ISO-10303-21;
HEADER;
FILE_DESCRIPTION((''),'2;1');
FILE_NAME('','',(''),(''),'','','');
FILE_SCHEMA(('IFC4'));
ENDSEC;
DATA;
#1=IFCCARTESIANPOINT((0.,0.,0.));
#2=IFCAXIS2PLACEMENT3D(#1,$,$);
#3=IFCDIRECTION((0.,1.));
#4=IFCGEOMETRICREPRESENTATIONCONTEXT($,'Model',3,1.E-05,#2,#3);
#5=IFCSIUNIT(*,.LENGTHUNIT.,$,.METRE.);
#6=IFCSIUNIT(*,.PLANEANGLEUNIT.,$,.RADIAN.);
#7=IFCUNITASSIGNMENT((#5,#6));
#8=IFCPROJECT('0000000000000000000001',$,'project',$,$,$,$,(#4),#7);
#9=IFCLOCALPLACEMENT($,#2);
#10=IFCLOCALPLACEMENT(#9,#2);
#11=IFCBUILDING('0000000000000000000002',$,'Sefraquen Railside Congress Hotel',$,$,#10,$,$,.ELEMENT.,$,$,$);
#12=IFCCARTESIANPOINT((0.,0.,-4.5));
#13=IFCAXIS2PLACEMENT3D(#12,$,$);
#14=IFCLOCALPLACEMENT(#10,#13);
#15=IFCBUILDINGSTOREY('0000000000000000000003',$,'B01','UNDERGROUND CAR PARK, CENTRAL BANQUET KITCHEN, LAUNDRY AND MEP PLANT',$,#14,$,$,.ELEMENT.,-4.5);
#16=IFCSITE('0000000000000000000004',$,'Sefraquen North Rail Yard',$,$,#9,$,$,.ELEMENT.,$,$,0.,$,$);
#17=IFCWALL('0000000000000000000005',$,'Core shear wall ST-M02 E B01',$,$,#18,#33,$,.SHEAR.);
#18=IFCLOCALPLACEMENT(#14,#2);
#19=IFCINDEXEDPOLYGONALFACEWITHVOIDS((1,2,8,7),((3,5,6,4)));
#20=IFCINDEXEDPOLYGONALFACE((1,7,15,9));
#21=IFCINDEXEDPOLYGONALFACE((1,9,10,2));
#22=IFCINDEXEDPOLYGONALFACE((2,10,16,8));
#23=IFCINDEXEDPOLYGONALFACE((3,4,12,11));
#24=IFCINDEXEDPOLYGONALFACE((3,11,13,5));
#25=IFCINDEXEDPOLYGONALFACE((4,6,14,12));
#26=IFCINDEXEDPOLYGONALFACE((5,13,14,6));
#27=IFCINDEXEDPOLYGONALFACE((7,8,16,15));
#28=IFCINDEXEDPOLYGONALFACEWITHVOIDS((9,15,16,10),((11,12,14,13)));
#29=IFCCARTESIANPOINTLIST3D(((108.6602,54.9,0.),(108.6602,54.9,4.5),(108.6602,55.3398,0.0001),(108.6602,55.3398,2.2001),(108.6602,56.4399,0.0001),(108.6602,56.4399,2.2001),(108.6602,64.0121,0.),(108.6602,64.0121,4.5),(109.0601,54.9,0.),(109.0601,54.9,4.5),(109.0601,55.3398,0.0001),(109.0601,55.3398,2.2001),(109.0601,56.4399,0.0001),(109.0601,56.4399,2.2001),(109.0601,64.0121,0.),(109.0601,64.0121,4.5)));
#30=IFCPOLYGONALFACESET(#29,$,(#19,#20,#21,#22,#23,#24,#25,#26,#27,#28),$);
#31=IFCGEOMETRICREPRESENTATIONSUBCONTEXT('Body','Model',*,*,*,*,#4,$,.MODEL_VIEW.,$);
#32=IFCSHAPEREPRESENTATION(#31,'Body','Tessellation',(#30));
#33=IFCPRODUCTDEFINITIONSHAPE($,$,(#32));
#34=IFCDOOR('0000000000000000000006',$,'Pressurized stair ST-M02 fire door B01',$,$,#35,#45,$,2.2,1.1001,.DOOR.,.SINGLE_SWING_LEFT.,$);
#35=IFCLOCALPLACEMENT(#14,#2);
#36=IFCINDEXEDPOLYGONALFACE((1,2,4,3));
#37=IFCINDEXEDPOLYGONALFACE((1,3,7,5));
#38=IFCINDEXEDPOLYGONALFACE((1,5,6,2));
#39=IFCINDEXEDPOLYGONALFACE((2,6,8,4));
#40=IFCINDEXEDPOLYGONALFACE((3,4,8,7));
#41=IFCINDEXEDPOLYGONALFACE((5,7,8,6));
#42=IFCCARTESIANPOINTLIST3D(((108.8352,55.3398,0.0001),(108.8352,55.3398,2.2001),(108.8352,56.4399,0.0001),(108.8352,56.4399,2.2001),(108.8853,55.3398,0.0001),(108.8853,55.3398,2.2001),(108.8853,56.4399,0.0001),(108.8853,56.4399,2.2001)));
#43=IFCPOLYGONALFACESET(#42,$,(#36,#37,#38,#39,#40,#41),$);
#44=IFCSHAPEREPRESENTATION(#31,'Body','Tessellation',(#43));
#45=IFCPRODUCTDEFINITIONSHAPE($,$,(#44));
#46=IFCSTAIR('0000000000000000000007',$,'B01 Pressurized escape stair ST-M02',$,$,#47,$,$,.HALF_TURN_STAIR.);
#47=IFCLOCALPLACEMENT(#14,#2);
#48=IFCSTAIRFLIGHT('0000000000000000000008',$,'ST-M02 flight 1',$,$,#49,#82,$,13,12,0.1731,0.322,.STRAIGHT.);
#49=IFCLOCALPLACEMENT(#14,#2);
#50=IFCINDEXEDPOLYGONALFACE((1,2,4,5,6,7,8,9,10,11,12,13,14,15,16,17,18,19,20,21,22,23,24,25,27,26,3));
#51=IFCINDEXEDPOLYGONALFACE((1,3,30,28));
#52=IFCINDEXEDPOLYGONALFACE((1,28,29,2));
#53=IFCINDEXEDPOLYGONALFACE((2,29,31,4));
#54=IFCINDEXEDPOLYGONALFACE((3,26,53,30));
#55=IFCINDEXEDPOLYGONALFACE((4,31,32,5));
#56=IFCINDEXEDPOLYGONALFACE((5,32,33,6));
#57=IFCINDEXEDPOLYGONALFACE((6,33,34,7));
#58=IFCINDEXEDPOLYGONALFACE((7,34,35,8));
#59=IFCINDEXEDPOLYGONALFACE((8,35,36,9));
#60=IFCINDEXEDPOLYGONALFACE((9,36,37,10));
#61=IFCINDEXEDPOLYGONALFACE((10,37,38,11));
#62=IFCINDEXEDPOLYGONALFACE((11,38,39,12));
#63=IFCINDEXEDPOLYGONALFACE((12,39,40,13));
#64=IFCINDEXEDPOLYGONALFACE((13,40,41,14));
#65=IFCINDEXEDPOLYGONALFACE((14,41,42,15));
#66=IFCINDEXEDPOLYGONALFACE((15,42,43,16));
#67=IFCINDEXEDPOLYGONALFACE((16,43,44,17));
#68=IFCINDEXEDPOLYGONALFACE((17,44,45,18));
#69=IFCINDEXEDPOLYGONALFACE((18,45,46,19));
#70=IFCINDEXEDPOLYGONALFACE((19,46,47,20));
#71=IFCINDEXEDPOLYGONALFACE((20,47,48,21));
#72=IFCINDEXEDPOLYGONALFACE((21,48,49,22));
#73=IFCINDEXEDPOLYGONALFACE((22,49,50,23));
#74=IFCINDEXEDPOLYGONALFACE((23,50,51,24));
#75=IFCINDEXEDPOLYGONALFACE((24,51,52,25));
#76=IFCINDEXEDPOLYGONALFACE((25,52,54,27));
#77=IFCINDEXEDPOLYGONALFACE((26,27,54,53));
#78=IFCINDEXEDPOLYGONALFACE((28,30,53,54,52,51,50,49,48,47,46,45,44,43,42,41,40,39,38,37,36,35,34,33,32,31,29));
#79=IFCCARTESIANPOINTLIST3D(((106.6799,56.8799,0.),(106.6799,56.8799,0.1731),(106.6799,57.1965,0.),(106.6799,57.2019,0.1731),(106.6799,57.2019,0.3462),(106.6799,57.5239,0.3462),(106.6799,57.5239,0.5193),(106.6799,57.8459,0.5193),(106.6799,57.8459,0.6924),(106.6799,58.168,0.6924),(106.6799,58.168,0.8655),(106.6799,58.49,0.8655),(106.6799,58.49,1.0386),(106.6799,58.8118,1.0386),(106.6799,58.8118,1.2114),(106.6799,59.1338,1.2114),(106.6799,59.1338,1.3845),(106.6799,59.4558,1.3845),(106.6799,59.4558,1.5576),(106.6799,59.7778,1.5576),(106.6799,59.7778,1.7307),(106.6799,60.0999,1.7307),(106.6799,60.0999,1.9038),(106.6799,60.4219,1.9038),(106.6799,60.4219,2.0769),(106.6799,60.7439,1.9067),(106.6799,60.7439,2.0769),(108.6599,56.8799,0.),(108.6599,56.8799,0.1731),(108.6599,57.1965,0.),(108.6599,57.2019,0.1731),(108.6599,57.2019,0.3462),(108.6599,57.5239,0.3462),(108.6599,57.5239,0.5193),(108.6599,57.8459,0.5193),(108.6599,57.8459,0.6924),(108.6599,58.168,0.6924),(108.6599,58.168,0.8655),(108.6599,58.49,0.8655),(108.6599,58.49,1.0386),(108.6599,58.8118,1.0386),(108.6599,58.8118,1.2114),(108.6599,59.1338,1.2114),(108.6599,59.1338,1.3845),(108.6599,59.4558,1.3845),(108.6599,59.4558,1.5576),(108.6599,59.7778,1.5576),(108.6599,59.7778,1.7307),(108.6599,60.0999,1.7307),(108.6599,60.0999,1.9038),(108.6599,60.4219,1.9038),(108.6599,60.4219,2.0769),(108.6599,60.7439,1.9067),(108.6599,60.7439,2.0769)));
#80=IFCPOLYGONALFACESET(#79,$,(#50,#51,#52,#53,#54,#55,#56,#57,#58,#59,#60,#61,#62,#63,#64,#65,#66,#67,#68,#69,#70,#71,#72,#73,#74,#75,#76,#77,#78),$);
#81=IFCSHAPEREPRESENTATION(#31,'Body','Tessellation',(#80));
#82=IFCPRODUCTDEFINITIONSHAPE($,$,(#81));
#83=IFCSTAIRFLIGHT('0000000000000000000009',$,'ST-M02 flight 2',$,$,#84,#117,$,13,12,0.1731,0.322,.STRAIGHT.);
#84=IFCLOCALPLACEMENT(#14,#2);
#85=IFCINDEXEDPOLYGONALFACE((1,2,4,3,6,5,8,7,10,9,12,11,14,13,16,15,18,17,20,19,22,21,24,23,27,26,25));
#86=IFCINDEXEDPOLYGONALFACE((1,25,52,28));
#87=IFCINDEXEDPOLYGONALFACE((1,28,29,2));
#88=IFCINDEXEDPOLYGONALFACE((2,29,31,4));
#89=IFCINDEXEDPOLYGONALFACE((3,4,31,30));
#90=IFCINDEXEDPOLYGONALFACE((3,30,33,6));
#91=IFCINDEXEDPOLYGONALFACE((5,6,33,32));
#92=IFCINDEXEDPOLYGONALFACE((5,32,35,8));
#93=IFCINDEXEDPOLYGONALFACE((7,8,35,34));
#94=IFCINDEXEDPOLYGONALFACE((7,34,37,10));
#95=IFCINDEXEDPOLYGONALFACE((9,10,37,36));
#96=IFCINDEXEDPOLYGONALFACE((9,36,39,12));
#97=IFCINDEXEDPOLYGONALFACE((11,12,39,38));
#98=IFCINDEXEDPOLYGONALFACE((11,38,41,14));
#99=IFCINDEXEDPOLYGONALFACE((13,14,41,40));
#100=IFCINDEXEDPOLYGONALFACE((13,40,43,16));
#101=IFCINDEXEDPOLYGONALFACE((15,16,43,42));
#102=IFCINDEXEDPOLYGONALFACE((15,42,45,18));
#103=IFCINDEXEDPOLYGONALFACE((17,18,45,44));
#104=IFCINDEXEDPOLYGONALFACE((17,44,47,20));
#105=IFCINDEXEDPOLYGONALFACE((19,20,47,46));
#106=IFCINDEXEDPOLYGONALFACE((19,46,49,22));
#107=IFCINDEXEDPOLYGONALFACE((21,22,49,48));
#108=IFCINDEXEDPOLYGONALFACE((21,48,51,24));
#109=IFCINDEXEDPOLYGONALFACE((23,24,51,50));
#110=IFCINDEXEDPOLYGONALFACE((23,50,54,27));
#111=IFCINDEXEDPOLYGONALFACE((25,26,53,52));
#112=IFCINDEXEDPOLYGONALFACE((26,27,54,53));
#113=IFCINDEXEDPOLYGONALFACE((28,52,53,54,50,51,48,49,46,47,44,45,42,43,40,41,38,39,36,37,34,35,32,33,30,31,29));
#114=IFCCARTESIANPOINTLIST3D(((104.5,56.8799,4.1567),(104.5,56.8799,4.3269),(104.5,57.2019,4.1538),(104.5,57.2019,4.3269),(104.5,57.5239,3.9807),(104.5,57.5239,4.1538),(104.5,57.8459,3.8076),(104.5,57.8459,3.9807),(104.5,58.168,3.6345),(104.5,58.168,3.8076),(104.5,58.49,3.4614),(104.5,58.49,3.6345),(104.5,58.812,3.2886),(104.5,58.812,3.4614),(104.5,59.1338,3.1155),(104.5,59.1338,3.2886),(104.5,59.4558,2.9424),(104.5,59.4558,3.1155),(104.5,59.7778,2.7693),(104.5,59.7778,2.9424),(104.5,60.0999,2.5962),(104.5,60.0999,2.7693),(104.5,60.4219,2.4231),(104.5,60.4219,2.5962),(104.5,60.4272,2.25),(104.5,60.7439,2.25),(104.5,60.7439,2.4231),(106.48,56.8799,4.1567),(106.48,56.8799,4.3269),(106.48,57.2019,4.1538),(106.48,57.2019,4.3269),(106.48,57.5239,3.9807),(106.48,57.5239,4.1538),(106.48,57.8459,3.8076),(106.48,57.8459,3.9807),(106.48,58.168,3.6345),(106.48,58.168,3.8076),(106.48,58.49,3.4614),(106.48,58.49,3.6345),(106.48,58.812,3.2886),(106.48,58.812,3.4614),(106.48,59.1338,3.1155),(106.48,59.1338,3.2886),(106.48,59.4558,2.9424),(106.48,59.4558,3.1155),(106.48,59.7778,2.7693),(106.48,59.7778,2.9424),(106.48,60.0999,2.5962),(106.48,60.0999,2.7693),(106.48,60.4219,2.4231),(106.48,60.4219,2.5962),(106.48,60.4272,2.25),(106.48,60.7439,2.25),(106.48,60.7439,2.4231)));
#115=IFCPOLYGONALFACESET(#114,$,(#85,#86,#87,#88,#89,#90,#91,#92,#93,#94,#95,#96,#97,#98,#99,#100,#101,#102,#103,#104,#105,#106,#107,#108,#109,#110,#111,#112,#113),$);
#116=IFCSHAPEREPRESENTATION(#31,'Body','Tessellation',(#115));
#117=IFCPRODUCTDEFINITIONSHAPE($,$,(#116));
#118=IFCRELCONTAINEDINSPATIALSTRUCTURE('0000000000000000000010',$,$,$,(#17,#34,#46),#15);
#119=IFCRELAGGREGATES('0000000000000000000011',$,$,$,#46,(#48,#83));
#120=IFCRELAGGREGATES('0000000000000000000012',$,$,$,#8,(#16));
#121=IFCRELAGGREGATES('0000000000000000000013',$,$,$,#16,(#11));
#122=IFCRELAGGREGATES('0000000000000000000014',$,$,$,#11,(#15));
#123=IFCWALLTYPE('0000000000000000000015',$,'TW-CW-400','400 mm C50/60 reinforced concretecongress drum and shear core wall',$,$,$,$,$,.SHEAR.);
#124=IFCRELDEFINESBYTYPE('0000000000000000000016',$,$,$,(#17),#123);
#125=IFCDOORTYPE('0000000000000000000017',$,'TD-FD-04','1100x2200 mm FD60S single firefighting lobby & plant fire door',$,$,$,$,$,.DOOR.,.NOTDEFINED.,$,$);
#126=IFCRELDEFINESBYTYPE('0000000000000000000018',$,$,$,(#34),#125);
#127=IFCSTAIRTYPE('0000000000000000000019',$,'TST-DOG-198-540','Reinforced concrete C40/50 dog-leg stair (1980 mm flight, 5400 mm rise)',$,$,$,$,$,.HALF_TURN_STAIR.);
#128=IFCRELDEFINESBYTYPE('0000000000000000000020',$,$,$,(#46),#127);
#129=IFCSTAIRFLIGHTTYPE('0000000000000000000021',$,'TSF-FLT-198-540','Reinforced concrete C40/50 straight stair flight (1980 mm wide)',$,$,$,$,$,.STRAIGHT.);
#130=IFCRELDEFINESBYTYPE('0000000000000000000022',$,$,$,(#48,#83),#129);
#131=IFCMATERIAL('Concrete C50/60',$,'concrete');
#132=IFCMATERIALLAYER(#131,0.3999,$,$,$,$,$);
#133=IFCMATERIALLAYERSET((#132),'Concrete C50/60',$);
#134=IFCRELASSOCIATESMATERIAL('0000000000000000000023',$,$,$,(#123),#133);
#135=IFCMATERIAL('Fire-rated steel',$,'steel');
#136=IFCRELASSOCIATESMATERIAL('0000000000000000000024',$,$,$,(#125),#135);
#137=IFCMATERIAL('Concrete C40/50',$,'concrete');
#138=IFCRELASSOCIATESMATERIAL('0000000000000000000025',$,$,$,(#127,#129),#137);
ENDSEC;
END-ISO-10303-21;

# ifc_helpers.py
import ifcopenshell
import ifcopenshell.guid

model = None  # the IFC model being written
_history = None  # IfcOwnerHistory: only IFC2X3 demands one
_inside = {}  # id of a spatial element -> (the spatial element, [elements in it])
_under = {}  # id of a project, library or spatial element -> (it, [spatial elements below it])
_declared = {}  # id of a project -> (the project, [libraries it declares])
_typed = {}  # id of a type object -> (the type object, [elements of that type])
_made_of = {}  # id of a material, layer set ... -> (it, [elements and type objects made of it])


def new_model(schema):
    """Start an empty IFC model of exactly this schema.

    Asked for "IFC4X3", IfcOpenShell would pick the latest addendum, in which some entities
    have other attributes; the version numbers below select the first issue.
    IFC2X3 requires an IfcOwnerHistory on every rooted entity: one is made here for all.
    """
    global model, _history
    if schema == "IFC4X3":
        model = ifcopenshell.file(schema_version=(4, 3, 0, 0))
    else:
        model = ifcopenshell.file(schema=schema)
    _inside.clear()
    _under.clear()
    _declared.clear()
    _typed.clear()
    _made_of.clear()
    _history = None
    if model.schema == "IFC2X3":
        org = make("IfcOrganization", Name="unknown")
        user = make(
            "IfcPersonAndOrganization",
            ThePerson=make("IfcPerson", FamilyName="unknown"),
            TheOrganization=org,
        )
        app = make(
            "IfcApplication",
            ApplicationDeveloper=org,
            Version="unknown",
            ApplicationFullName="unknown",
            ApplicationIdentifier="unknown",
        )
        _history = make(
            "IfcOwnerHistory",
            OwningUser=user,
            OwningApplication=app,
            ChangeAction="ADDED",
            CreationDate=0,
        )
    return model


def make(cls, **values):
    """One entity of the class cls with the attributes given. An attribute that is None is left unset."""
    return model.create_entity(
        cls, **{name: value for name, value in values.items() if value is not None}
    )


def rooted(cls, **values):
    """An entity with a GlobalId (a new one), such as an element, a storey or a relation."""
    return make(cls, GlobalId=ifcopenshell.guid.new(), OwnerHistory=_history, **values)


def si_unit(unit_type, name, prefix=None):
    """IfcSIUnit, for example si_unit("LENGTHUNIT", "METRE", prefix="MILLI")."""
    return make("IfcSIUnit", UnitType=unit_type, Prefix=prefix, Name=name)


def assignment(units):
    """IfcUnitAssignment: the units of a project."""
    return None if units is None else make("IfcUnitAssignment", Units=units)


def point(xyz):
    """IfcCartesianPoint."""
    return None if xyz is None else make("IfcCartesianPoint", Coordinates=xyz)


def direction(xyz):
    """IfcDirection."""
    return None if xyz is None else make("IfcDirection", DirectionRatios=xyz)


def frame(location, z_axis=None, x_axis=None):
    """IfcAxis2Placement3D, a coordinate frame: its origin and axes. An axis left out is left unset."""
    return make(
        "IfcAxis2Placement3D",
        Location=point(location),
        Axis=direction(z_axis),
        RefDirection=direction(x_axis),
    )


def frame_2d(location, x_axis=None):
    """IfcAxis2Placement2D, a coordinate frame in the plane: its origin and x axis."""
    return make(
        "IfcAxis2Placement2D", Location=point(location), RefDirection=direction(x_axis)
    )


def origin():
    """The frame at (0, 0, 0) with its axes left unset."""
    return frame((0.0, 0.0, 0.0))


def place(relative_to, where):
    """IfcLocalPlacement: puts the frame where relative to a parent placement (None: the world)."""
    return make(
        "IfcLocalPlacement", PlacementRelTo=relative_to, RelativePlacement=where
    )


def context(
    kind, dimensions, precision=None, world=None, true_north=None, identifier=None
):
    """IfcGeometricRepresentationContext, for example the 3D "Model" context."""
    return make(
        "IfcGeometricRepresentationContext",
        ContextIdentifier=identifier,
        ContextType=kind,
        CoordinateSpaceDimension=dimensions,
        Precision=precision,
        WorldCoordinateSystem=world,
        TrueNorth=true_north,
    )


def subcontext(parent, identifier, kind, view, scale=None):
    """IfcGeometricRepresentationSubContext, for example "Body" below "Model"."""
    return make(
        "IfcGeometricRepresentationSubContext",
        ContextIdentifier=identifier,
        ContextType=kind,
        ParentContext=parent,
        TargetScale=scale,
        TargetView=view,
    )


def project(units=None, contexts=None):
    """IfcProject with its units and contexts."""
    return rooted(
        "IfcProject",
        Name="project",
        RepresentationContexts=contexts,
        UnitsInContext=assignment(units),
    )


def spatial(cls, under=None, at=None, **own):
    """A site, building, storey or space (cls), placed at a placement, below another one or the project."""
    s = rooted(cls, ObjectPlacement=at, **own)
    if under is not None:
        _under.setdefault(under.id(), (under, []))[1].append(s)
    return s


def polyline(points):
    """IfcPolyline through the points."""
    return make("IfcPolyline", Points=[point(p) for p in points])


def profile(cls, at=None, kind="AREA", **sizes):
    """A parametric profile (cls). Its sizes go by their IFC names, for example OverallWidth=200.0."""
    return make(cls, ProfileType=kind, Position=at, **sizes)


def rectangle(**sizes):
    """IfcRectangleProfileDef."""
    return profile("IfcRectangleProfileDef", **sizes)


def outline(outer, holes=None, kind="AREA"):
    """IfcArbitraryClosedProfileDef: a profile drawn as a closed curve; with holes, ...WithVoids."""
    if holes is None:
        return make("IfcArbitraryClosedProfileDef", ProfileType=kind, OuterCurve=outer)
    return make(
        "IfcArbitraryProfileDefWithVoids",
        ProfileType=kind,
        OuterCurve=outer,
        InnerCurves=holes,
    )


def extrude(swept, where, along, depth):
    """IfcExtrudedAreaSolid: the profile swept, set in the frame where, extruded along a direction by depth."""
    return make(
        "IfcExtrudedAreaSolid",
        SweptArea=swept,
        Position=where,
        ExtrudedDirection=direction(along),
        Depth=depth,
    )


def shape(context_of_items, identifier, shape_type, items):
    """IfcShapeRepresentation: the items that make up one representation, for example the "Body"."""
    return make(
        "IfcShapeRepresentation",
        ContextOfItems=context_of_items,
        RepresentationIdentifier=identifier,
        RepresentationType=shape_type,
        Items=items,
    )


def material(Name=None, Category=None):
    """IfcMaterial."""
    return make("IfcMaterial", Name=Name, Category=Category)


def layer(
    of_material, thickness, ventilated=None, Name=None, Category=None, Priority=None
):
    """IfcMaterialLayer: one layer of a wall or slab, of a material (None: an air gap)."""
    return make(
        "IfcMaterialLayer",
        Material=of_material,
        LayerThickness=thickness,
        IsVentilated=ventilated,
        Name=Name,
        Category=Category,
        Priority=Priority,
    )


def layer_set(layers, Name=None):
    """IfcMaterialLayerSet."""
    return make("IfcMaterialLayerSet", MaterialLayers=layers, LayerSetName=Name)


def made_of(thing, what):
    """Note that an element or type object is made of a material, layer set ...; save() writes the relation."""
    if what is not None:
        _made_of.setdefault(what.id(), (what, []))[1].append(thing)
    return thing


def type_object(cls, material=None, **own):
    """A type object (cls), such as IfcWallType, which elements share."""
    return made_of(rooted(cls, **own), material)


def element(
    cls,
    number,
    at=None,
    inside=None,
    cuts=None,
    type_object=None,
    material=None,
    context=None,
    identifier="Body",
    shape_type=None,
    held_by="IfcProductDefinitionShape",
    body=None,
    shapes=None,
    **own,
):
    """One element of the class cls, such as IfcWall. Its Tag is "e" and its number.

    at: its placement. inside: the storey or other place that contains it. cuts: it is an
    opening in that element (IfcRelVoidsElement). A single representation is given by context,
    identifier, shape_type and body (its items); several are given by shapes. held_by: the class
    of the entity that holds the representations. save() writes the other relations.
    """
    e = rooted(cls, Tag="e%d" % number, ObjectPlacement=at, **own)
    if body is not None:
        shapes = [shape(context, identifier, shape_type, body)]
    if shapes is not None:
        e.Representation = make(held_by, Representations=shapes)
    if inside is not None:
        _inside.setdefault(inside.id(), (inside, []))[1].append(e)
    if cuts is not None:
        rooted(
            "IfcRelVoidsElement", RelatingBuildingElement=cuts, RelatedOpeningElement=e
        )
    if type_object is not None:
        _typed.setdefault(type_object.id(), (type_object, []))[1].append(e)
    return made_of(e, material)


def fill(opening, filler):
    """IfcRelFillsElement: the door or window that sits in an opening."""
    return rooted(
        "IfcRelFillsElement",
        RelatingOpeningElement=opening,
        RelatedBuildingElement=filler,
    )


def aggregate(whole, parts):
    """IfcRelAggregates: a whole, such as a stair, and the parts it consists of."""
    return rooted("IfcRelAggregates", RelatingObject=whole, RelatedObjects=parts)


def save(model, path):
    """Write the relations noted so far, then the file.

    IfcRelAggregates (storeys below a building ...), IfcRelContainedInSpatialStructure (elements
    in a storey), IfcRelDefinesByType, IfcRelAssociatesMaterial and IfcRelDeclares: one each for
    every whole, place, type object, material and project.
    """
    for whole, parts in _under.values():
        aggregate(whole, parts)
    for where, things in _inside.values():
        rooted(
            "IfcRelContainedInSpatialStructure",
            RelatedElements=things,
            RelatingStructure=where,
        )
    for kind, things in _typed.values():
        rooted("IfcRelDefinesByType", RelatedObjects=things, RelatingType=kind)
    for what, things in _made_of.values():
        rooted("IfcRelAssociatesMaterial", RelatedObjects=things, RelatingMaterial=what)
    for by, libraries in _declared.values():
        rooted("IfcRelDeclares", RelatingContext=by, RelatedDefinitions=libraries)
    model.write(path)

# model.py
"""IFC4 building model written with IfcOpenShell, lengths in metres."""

from ifc_helpers import new_model, si_unit, direction, frame, frame_2d, origin, place, context, subcontext, project, spatial, polyline, rectangle, outline, extrude, material, layer, layer_set, type_object, element, fill, aggregate, save


model = new_model("IFC4")

# Units and contexts
model_context = context("Model", 3, precision=1e-05, world=origin(), true_north=direction((0.0, 1.0)))
body_context = subcontext(model_context, "Body", "Model", "MODEL_VIEW")
ifc_project = project(units=[si_unit("LENGTHUNIT", "METRE"), si_unit("PLANEANGLEUNIT", "RADIAN")], contexts=[model_context])

# Site, building, storey
site_placement = place(None, origin())
site = spatial("IfcSite", under=ifc_project, at=site_placement, Name="Sefraquen North Rail Yard", CompositionType="ELEMENT", RefElevation=0.0)
building_placement = place(site_placement, origin())
building = spatial("IfcBuilding", under=site, at=building_placement, Name="Sefraquen Railside Congress Hotel", CompositionType="ELEMENT")
storey_placement = place(building_placement, frame((0.0, 0.0, -4.5)))
storey = spatial("IfcBuildingStorey", under=building, at=storey_placement, Name="B01", Description="UNDERGROUND CAR PARK, CENTRAL BANQUET KITCHEN, LAUNDRY AND MEP PLANT", CompositionType="ELEMENT", Elevation=-4.5)

# Shared definitions
ifc_material_1 = material(Name="Concrete C40/50", Category="concrete")

# Shared definitions
ifc_material_2 = material(Name="Concrete C50/60", Category="concrete")

# Shared definitions
ifc_layer_1 = layer(ifc_material_2, 0.3999)
ifc_layer_set_1 = layer_set([ifc_layer_1], Name="Concrete C50/60")
wall_type_1 = type_object("IfcWallType", Name="TW-CW-400", Description="400 mm C50/60 reinforced concretecongress drum and shear core wall", PredefinedType="SHEAR", material=ifc_layer_set_1)

# Wall, opening, door
wall_1_placement = place(storey_placement, frame((108.8601, 54.8999, 0.0), z_axis=(0.0, 0.0, 1.0), x_axis=(0.0, 1.0, 0.0)))
wall_1 = element("IfcWall", 1, at=wall_1_placement, inside=storey, type_object=wall_type_1, Name="Core shear wall ST-M02 E B01", PredefinedType="SHEAR", context=body_context, shape_type="SweptSolid", body=[
    extrude(rectangle(XDim=9.1121, YDim=0.3999, at=frame_2d((4.5562, 0.0))), origin(), (0.0, 0.0, 1.0), 4.5),
])
opening_1_placement = place(wall_1_placement, frame((0.4399, 0.0, 0.0)))
opening_1 = element("IfcOpeningElement", 2, at=opening_1_placement, cuts=wall_1, PredefinedType="OPENING", context=body_context, shape_type="SweptSolid", body=[
    extrude(rectangle(XDim=1.1001, YDim=2.2, at=frame_2d((0.55, 1.1001))), frame((0.0, 0.21, 0.0), z_axis=(0.0, -1.0, 0.0), x_axis=(1.0, 0.0, 0.0)), (0.0, 0.0, 1.0), 0.4199),
])
ifc_material_3 = material(Name="Fire-rated steel", Category="steel")
door_type_1 = type_object("IfcDoorType", Name="TD-FD-04", Description="1100x2200 mm FD60S single firefighting lobby & plant fire door", OperationType="NOTDEFINED", PredefinedType="DOOR", material=ifc_material_3)
door_1_placement = place(opening_1_placement, origin())
door_1 = element("IfcDoor", 3, at=door_1_placement, inside=storey, type_object=door_type_1, Name="Pressurized stair ST-M02 fire door B01", OperationType="SINGLE_SWING_LEFT", OverallHeight=2.2, OverallWidth=1.1001, PredefinedType="DOOR", context=body_context, shape_type="SweptSolid", body=[
    extrude(rectangle(XDim=1.1001, YDim=2.2, at=frame_2d((0.55, 1.1001))), frame((0.0, 0.0249, 0.0), z_axis=(0.0, -1.0, 0.0), x_axis=(1.0, 0.0, 0.0)), (0.0, 0.0, 1.0), 0.05),
])
fill(opening_1, door_1)

# Stair, stair flights
stair_type = type_object("IfcStairType", Name="TST-DOG-198-540", Description="Reinforced concrete C40/50 dog-leg stair (1980 mm flight, 5400 mm rise)", PredefinedType="HALF_TURN_STAIR", material=ifc_material_1)
stair_placement = place(storey_placement, origin())
stair = element("IfcStair", 4, at=stair_placement, inside=storey, type_object=stair_type, Name="B01 Pressurized escape stair ST-M02", PredefinedType="HALF_TURN_STAIR")
stair_flight_type = type_object("IfcStairFlightType", Name="TSF-FLT-198-540", Description="Reinforced concrete C40/50 straight stair flight (1980 mm wide)", PredefinedType="STRAIGHT", material=ifc_material_1)
stair_flight_1_placement = place(storey_placement, frame((107.6699, 56.8799, 0.0), z_axis=(0.0, 0.0, 1.0), x_axis=(0.0, 1.0, 0.0)))
stair_flight_1 = element("IfcStairFlight", 5, at=stair_flight_1_placement, type_object=stair_flight_type, Name="ST-M02 flight 1", NumberOfRisers=13, NumberOfTreads=12, PredefinedType="STRAIGHT", RiserHeight=0.1731, TreadLength=0.322, context=body_context, shape_type="SweptSolid", body=[
    extrude(outline(polyline([(0.0, 0.0), (0.0, 0.1731), (0.322, 0.1731), (0.322, 0.3462), (0.644, 0.3462), (0.644, 0.5193), (0.9661, 0.5193), (0.9661, 0.6924), (1.2881, 0.6924), (1.2881, 0.8655), (1.6101, 0.8655), (1.6101, 1.0386), (1.9319, 1.0386), (1.9319, 1.2114), (2.2539, 1.2114), (2.2539, 1.3845), (2.5759, 1.3845), (2.5759, 1.5576), (2.8979, 1.5576), (2.8979, 1.7307), (3.22, 1.7307), (3.22, 1.9038), (3.542, 1.9038), (3.542, 2.0769), (3.864, 2.0769), (3.864, 2.25), (3.864, 1.9067), (0.3167, 0.0), (0.0, 0.0)])), frame((0.0, 0.99, 0.0), z_axis=(0.0, -1.0, 0.0), x_axis=(1.0, 0.0, 0.0)), (0.0, 0.0, 1.0), 1.98),
])
stair_flight_2_placement = place(storey_placement, frame((105.49, 60.7439, 2.25), z_axis=(0.0, 0.0, 1.0), x_axis=(0.0, -1.0, 0.0)))
stair_flight_2 = element("IfcStairFlight", 6, at=stair_flight_2_placement, type_object=stair_flight_type, Name="ST-M02 flight 2", NumberOfRisers=13, NumberOfTreads=12, PredefinedType="STRAIGHT", RiserHeight=0.1731, TreadLength=0.322, context=body_context, shape_type="SweptSolid", body=[
    extrude(outline(polyline([(0.0, 0.0), (0.0, 0.1731), (0.322, 0.1731), (0.322, 0.3462), (0.644, 0.3462), (0.644, 0.5193), (0.9661, 0.5193), (0.9661, 0.6924), (1.2881, 0.6924), (1.2881, 0.8655), (1.6101, 0.8655), (1.6101, 1.0386), (1.9319, 1.0386), (1.9319, 1.2114), (2.2539, 1.2114), (2.2539, 1.3845), (2.5759, 1.3845), (2.5759, 1.5576), (2.8979, 1.5576), (2.8979, 1.7307), (3.22, 1.7307), (3.22, 1.9038), (3.542, 1.9038), (3.542, 2.0769), (3.864, 2.0769), (3.864, 2.25), (3.864, 1.9067), (0.3167, 0.0), (0.0, 0.0)])), frame((0.0, 0.99, 0.0), z_axis=(0.0, -1.0, 0.0), x_axis=(1.0, 0.0, 0.0)), (0.0, 0.0, 1.0), 1.98),
])
aggregate(stair, [stair_flight_1, stair_flight_2])

save(model, "model.ifc")
